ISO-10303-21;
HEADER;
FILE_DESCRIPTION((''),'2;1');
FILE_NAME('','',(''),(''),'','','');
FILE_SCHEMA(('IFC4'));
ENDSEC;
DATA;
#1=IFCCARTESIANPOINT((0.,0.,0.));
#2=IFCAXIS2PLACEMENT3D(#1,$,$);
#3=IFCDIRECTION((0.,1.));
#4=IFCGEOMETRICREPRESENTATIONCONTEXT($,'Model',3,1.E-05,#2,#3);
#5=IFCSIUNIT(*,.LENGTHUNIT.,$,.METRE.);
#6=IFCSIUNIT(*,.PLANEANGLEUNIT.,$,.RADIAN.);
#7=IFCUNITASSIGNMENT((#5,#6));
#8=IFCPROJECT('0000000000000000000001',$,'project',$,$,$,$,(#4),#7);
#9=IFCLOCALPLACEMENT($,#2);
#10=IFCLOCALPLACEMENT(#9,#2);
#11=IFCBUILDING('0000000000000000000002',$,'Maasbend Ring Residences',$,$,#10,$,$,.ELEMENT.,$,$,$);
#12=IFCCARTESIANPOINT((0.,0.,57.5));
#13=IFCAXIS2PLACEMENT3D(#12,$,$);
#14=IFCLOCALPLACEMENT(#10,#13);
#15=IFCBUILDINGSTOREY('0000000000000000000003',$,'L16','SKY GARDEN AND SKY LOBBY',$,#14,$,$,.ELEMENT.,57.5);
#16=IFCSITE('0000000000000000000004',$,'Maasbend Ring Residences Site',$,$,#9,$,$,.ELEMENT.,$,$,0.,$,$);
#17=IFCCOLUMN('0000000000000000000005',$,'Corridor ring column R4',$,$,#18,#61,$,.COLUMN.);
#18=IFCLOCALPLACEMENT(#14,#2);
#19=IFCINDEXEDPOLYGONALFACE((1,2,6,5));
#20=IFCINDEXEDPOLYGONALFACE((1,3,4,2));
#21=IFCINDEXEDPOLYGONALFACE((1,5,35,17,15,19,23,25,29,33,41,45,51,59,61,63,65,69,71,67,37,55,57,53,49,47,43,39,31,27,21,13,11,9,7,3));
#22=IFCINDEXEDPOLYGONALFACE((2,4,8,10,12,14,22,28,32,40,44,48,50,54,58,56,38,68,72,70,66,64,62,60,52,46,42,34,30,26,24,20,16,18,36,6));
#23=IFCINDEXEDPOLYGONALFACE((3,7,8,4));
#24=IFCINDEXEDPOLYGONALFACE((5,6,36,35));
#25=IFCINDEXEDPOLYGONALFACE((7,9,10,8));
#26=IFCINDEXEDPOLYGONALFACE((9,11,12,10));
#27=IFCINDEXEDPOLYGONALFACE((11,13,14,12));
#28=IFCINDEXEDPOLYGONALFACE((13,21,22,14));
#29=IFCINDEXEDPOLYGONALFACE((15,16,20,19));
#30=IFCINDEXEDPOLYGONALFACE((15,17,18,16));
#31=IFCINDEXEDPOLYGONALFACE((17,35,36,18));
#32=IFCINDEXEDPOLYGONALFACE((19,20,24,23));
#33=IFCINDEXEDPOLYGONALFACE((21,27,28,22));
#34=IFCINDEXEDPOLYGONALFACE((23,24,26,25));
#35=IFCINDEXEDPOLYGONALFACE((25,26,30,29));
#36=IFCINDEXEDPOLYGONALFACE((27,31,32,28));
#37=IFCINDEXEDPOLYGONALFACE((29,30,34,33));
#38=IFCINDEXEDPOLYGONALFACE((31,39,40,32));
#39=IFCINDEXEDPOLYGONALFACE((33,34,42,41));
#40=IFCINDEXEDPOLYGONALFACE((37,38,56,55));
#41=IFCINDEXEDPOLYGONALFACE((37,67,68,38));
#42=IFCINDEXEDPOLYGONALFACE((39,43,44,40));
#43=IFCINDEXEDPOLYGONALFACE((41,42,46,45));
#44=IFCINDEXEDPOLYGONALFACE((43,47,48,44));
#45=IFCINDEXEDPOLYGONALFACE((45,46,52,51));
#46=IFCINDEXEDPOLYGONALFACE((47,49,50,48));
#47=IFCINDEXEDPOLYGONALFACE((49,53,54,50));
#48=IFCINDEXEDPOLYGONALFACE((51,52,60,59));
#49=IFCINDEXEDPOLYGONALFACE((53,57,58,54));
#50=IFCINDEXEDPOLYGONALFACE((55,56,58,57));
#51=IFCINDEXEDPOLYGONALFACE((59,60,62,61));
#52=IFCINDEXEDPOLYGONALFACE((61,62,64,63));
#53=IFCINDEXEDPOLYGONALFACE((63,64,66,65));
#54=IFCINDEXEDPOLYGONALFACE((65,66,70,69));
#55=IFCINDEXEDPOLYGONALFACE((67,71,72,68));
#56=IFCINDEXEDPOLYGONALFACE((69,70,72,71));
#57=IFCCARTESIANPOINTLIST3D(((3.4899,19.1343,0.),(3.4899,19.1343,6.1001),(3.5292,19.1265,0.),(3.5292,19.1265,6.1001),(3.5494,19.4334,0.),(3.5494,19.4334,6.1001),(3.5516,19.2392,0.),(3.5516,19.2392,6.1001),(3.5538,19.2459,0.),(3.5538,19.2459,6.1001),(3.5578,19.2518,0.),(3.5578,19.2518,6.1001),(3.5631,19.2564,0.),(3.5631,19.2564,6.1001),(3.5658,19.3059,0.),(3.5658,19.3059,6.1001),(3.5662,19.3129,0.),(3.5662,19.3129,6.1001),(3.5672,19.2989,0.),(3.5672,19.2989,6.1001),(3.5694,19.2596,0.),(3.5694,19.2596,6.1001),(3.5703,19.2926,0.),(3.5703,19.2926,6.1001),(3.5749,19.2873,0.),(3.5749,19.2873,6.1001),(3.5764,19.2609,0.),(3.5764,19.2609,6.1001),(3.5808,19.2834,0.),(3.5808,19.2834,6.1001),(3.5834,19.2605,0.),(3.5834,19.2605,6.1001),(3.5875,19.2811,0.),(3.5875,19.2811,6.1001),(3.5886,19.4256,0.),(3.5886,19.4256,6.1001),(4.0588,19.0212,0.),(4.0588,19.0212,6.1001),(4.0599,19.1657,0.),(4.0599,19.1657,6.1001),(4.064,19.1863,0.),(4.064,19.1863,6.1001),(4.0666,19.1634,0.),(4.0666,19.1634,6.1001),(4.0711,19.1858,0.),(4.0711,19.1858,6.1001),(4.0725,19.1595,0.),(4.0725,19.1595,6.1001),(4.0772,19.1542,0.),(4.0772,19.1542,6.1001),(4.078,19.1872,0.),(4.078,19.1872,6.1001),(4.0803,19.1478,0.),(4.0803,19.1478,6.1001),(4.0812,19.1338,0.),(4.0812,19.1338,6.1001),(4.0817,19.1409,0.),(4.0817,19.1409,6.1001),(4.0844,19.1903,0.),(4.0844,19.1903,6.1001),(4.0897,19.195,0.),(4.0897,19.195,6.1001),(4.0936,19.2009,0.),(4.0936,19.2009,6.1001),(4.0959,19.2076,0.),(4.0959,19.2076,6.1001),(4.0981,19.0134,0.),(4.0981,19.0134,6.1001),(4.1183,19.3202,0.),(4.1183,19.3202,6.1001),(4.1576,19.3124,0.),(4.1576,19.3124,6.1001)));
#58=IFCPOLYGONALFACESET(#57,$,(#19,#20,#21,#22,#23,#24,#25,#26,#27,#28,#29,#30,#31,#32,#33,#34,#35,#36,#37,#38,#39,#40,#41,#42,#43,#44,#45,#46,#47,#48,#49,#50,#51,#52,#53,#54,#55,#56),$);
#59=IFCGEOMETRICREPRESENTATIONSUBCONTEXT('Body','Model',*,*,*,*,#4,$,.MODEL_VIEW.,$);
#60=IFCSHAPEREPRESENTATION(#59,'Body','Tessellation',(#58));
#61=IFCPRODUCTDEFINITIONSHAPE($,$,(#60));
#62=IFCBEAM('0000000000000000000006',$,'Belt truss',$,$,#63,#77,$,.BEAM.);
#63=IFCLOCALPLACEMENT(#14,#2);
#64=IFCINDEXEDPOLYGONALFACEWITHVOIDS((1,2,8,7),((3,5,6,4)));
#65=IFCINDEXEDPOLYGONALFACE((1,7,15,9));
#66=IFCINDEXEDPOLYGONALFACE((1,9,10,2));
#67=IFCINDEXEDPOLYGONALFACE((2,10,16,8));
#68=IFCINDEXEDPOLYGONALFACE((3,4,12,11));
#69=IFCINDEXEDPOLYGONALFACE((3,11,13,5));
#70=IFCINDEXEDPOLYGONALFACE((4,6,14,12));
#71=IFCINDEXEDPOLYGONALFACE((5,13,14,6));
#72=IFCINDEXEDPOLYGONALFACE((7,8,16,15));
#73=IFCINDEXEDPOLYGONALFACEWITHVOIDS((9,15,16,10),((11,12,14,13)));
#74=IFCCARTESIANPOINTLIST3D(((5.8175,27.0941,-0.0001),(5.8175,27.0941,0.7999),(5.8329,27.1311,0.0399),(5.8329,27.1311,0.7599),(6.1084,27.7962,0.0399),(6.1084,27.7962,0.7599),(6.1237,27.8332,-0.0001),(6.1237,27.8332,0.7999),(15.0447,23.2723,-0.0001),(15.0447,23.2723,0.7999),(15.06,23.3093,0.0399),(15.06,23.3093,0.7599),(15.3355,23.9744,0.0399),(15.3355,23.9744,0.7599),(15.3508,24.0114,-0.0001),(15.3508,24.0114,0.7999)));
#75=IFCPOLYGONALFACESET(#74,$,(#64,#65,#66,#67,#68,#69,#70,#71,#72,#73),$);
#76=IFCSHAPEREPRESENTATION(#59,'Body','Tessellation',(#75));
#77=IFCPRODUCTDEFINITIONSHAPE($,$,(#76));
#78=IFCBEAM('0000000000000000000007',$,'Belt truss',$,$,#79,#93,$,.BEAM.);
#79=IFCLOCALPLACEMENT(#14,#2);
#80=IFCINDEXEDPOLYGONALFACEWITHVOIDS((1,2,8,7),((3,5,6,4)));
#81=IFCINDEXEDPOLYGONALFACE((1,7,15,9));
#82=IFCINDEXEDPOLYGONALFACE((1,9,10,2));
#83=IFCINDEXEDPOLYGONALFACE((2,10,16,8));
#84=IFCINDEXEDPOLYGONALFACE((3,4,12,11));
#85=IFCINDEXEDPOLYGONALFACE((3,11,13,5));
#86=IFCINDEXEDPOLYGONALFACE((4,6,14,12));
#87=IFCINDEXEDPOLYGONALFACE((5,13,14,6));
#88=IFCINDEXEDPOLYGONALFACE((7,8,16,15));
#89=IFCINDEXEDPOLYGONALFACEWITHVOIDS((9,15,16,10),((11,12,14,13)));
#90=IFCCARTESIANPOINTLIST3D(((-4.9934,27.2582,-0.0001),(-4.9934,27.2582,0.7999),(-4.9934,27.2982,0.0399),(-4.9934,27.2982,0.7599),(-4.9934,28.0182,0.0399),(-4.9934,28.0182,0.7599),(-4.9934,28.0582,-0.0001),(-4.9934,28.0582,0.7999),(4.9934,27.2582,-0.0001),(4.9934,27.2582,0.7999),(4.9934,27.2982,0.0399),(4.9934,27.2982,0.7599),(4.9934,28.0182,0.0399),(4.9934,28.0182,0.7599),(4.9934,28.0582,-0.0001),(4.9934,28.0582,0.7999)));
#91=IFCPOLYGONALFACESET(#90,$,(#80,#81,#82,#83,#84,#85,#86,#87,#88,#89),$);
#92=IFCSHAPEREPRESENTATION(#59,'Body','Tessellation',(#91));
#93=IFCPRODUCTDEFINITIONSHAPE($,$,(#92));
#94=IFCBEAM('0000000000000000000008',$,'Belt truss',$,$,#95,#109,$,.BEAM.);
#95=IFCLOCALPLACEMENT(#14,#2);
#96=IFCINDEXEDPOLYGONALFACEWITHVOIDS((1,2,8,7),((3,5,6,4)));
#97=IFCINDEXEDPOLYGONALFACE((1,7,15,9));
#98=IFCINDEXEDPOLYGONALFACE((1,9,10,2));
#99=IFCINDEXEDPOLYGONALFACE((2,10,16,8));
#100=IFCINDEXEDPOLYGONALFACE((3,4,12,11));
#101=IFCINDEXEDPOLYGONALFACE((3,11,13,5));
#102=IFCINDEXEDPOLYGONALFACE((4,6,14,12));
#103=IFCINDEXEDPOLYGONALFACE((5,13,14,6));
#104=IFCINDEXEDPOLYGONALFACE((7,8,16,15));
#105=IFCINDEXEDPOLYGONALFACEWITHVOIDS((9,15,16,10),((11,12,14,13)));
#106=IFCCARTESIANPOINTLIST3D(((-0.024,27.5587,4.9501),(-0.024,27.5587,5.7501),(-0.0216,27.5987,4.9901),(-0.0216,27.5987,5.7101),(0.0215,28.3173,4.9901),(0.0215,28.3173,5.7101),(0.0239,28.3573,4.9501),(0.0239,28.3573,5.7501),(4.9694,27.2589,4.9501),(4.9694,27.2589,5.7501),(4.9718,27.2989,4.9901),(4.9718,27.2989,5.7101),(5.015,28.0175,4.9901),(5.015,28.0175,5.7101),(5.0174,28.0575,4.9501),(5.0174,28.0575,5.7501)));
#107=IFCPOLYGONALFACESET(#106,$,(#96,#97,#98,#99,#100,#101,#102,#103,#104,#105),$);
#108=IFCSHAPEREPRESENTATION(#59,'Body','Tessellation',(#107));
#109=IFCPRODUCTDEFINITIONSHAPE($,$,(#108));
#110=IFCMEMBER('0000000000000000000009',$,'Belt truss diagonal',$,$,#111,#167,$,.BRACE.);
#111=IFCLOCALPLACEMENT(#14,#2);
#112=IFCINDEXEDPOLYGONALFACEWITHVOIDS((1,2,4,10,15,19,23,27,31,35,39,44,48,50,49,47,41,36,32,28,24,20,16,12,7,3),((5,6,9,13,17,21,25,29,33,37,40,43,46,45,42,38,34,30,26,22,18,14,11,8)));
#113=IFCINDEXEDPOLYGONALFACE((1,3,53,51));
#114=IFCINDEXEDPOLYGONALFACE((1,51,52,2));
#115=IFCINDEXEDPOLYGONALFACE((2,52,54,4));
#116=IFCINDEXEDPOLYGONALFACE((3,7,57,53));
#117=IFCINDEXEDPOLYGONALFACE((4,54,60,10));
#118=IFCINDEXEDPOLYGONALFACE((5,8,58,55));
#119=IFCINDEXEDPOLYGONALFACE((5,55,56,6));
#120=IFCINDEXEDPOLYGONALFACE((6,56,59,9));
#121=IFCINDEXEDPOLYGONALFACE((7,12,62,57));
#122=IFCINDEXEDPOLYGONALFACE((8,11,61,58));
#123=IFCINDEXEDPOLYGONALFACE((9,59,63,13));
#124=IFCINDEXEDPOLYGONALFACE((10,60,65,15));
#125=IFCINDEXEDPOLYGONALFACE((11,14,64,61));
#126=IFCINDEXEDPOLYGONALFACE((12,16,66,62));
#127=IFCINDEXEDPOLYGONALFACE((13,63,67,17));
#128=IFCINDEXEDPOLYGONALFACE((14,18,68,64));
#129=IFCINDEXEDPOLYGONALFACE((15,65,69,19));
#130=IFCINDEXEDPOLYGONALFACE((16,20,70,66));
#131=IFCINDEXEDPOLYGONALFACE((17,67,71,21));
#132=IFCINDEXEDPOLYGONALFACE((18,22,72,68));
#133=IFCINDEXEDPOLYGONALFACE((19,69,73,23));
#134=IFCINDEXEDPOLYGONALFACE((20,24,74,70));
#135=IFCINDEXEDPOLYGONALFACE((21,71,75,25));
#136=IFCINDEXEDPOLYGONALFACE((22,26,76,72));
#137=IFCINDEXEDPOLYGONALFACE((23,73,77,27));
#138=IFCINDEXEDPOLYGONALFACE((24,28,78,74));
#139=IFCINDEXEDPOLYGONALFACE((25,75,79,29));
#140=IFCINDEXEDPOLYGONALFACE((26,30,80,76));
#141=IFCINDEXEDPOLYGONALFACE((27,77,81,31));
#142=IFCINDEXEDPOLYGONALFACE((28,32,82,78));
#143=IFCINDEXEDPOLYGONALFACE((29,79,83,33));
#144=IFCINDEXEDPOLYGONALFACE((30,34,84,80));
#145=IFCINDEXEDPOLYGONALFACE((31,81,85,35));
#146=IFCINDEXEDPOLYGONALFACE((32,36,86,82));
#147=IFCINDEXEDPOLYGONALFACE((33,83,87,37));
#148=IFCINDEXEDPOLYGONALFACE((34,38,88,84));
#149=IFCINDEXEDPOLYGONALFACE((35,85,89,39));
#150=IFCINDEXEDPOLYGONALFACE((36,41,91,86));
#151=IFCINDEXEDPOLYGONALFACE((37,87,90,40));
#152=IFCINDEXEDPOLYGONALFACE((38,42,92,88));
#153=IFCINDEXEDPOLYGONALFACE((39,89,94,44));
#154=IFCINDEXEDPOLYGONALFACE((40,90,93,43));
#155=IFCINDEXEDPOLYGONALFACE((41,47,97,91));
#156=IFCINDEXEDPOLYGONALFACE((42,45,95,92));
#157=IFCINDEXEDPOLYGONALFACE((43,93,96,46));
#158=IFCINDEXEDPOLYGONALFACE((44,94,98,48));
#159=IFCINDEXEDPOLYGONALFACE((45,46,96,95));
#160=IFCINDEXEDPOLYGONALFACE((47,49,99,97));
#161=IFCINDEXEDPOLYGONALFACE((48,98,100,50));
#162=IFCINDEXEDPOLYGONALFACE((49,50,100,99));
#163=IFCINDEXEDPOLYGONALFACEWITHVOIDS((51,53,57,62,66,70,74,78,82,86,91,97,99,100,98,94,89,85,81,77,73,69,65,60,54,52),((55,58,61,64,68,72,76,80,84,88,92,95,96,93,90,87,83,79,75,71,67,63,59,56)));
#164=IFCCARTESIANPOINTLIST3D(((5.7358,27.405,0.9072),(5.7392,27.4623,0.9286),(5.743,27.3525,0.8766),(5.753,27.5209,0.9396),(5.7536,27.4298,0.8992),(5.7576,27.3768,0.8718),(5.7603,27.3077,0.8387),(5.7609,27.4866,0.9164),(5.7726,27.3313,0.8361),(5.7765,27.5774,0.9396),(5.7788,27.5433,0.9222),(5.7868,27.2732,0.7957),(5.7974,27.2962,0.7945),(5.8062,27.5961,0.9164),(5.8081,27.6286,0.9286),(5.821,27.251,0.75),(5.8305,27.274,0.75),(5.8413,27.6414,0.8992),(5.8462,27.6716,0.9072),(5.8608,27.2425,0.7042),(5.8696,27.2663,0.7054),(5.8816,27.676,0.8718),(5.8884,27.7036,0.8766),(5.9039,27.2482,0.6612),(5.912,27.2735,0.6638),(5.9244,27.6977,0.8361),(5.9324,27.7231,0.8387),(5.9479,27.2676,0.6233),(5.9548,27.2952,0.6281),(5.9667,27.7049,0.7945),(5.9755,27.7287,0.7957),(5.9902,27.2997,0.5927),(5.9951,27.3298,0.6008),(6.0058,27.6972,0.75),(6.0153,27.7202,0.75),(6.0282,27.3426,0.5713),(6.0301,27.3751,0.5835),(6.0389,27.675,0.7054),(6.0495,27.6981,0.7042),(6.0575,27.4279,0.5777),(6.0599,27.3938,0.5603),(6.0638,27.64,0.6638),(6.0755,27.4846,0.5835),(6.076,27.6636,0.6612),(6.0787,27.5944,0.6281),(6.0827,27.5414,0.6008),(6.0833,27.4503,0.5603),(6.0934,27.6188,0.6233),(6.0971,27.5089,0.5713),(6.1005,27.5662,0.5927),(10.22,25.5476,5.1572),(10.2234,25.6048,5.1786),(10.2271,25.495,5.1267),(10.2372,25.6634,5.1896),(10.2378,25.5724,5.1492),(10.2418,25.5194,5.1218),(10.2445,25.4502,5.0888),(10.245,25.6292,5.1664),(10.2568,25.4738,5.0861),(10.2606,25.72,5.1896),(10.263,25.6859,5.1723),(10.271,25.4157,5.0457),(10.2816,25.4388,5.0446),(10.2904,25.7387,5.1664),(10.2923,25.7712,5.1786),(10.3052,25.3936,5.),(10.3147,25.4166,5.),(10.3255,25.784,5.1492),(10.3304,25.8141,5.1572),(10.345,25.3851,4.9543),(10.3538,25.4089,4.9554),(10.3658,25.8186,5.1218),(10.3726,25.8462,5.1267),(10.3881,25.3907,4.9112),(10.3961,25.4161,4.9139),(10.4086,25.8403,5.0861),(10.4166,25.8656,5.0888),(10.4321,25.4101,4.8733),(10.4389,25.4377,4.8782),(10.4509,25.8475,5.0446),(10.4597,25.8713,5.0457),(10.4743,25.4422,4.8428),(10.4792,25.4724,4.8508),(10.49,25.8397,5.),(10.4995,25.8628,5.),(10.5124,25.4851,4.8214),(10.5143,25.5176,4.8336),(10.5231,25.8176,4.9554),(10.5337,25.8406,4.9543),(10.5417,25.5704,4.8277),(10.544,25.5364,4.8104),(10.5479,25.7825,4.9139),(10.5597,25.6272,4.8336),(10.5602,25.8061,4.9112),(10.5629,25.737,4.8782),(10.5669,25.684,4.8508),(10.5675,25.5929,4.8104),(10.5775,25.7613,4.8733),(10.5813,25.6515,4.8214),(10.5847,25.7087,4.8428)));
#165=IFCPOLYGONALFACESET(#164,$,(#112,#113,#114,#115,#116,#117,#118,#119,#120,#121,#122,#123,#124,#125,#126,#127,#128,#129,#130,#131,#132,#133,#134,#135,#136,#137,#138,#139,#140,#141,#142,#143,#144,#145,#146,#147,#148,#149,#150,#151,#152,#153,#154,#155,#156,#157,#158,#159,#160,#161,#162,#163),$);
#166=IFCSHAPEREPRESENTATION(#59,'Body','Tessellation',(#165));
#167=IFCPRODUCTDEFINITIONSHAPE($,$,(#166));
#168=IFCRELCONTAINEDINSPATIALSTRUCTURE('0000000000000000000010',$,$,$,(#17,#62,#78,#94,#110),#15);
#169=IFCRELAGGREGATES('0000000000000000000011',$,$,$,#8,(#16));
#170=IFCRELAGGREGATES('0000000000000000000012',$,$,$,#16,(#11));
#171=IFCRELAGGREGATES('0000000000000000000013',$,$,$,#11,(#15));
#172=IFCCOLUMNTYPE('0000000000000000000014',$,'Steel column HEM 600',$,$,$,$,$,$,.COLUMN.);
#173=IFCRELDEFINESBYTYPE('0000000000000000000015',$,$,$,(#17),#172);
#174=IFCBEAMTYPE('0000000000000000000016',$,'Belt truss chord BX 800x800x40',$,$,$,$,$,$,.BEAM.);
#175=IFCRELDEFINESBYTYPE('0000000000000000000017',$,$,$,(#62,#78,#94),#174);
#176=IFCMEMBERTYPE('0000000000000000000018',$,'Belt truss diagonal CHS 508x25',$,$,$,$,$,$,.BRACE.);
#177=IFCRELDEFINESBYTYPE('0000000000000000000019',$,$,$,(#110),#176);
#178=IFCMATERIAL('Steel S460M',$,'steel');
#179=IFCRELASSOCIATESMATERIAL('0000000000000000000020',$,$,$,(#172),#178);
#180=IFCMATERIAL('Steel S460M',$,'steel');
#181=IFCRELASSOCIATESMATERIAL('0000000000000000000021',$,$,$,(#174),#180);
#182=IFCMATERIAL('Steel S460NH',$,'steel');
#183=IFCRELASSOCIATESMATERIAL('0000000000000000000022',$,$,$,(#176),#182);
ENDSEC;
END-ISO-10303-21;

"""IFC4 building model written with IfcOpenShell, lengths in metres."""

from ifc_helpers import new_model, si_unit, direction, frame, origin, origin_2d, place, context, subcontext, project, spatial, hollow_rectangle, hollow_circle, i_section, extrude, material, material_profile, profile_set, type_object, element, save


model = new_model("IFC4")

# Units and contexts
model_context = context("Model", 3, precision=1e-05, world=origin(), true_north=direction((0.0, 1.0)))
body_context = subcontext(model_context, "Body", "Model", "MODEL_VIEW")
ifc_project = project(units=[si_unit("LENGTHUNIT", "METRE"), si_unit("PLANEANGLEUNIT", "RADIAN")], contexts=[model_context])

# Site, building, storey
site_placement = place(None, origin())
site = spatial("IfcSite", under=ifc_project, at=site_placement, Name="Maasbend Ring Residences Site", CompositionType="ELEMENT", RefElevation=0.0)
building_placement = place(site_placement, origin())
building = spatial("IfcBuilding", under=site, at=building_placement, Name="Maasbend Ring Residences", CompositionType="ELEMENT")
storey_placement = place(building_placement, frame((0.0, 0.0, 57.5)))
storey = spatial("IfcBuildingStorey", under=building, at=storey_placement, Name="L16", Description="SKY GARDEN AND SKY LOBBY", CompositionType="ELEMENT", Elevation=57.5)

# Column
ifc_material_1 = material(Name="Steel S460M", Category="steel")
ifc_material_profile_1 = material_profile(ifc_material_1, i_section(OverallWidth=0.3049, OverallDepth=0.6201, WebThickness=0.021, FlangeThickness=0.04, FilletRadius=0.0271, at=origin_2d()), Name="HEM 600")
ifc_profile_set_1 = profile_set([ifc_material_profile_1], Name="Steel S460M")
column_type_1 = type_object("IfcColumnType", Name="Steel column HEM 600", PredefinedType="COLUMN", material=ifc_profile_set_1)
for number, where, z_axis, x_axis, name in (
    (1, (3.8237, 19.2234, 0.0), (0.0, 0.0, 1.0), (0.19509, 0.980785, 0.0), "Corridor ring column R4"),
):
    element("IfcColumn", number, at=place(storey_placement, frame(where, z_axis=z_axis, x_axis=x_axis)), inside=storey, type_object=column_type_1, Name=name, PredefinedType="COLUMN", context=body_context, shape_type="SweptSolid", body=[
        extrude(i_section(OverallWidth=0.3049, OverallDepth=0.6201, WebThickness=0.021, FlangeThickness=0.04, FilletRadius=0.0271, at=origin_2d()), origin(), (0.0, 0.0, 1.0), 6.1001),
    ])

# Beams
ifc_material_2 = material(Name="Steel S460M", Category="steel")
ifc_material_profile_2 = material_profile(ifc_material_2, hollow_rectangle(XDim=0.8, YDim=0.8, WallThickness=0.04, at=origin_2d()), Name="Belt truss chord BX 800x800x40")
ifc_profile_set_2 = profile_set([ifc_material_profile_2], Name="Steel S460M")
beam_type_1 = type_object("IfcBeamType", Name="Belt truss chord BX 800x800x40", PredefinedType="BEAM", material=ifc_profile_set_2)
beam_1_placement = place(storey_placement, frame((15.1978, 23.6418, 0.3999), z_axis=(-0.923886, 0.382667, 0.0), x_axis=(-0.382667, -0.923886, 0.0)))
element("IfcBeam", 2, at=beam_1_placement, inside=storey, type_object=beam_type_1, Name="Belt truss", PredefinedType="BEAM", context=body_context, shape_type="SweptSolid", body=[
    extrude(hollow_rectangle(XDim=0.8, YDim=0.8, WallThickness=0.04, at=origin_2d()), origin(), (0.0, 0.0, 1.0), 9.9873),
])
beam_2_placement = place(storey_placement, frame((4.9934, 27.6582, 0.3999), z_axis=(-1.0, 0.0, 0.0), x_axis=(0.0, -1.0, 0.0)))
element("IfcBeam", 3, at=beam_2_placement, inside=storey, type_object=beam_type_1, Name="Belt truss", PredefinedType="BEAM", context=body_context, shape_type="SweptSolid", body=[
    extrude(hollow_rectangle(XDim=0.8, YDim=0.8, WallThickness=0.04, at=origin_2d()), origin(), (0.0, 0.0, 1.0), 9.9868),
])
beam_3_placement = place(storey_placement, frame((4.9934, 27.6582, 5.3501), z_axis=(-0.998202, 0.059932, 0.0), x_axis=(-0.059932, -0.998202, 0.0)))
element("IfcBeam", 4, at=beam_3_placement, inside=storey, type_object=beam_type_1, Name="Belt truss", PredefinedType="BEAM", context=body_context, shape_type="SweptSolid", body=[
    extrude(hollow_rectangle(XDim=0.8, YDim=0.8, WallThickness=0.04, at=origin_2d()), origin(), (0.0, 0.0, 1.0), 5.0024),
])

# Member
ifc_material_3 = material(Name="Steel S460NH", Category="steel")
ifc_material_profile_3 = material_profile(ifc_material_3, hollow_circle(Radius=0.2539, WallThickness=0.0249, at=origin_2d()), Name="Belt truss diagonal CHS 508x25")
ifc_profile_set_3 = profile_set([ifc_material_profile_3], Name="Steel S460NH")
member_type_1 = type_object("IfcMemberType", Name="Belt truss diagonal CHS 508x25", PredefinedType="BRACE", material=ifc_profile_set_3)
member_1_placement = place(storey_placement, frame((10.4023, 25.6282, 5.0), z_axis=(-0.695068, 0.287912, -0.658777), x_axis=(-0.382689, -0.923877, 0.0)))
element("IfcMember", 5, at=member_1_placement, inside=storey, type_object=member_type_1, Name="Belt truss diagonal", PredefinedType="BRACE", context=body_context, shape_type="SweptSolid", body=[
    extrude(hollow_circle(Radius=0.2539, WallThickness=0.0249, at=origin_2d()), origin(), (0.0, 0.0, 1.0), 6.4514),
])

save(model, "model.ifc")
